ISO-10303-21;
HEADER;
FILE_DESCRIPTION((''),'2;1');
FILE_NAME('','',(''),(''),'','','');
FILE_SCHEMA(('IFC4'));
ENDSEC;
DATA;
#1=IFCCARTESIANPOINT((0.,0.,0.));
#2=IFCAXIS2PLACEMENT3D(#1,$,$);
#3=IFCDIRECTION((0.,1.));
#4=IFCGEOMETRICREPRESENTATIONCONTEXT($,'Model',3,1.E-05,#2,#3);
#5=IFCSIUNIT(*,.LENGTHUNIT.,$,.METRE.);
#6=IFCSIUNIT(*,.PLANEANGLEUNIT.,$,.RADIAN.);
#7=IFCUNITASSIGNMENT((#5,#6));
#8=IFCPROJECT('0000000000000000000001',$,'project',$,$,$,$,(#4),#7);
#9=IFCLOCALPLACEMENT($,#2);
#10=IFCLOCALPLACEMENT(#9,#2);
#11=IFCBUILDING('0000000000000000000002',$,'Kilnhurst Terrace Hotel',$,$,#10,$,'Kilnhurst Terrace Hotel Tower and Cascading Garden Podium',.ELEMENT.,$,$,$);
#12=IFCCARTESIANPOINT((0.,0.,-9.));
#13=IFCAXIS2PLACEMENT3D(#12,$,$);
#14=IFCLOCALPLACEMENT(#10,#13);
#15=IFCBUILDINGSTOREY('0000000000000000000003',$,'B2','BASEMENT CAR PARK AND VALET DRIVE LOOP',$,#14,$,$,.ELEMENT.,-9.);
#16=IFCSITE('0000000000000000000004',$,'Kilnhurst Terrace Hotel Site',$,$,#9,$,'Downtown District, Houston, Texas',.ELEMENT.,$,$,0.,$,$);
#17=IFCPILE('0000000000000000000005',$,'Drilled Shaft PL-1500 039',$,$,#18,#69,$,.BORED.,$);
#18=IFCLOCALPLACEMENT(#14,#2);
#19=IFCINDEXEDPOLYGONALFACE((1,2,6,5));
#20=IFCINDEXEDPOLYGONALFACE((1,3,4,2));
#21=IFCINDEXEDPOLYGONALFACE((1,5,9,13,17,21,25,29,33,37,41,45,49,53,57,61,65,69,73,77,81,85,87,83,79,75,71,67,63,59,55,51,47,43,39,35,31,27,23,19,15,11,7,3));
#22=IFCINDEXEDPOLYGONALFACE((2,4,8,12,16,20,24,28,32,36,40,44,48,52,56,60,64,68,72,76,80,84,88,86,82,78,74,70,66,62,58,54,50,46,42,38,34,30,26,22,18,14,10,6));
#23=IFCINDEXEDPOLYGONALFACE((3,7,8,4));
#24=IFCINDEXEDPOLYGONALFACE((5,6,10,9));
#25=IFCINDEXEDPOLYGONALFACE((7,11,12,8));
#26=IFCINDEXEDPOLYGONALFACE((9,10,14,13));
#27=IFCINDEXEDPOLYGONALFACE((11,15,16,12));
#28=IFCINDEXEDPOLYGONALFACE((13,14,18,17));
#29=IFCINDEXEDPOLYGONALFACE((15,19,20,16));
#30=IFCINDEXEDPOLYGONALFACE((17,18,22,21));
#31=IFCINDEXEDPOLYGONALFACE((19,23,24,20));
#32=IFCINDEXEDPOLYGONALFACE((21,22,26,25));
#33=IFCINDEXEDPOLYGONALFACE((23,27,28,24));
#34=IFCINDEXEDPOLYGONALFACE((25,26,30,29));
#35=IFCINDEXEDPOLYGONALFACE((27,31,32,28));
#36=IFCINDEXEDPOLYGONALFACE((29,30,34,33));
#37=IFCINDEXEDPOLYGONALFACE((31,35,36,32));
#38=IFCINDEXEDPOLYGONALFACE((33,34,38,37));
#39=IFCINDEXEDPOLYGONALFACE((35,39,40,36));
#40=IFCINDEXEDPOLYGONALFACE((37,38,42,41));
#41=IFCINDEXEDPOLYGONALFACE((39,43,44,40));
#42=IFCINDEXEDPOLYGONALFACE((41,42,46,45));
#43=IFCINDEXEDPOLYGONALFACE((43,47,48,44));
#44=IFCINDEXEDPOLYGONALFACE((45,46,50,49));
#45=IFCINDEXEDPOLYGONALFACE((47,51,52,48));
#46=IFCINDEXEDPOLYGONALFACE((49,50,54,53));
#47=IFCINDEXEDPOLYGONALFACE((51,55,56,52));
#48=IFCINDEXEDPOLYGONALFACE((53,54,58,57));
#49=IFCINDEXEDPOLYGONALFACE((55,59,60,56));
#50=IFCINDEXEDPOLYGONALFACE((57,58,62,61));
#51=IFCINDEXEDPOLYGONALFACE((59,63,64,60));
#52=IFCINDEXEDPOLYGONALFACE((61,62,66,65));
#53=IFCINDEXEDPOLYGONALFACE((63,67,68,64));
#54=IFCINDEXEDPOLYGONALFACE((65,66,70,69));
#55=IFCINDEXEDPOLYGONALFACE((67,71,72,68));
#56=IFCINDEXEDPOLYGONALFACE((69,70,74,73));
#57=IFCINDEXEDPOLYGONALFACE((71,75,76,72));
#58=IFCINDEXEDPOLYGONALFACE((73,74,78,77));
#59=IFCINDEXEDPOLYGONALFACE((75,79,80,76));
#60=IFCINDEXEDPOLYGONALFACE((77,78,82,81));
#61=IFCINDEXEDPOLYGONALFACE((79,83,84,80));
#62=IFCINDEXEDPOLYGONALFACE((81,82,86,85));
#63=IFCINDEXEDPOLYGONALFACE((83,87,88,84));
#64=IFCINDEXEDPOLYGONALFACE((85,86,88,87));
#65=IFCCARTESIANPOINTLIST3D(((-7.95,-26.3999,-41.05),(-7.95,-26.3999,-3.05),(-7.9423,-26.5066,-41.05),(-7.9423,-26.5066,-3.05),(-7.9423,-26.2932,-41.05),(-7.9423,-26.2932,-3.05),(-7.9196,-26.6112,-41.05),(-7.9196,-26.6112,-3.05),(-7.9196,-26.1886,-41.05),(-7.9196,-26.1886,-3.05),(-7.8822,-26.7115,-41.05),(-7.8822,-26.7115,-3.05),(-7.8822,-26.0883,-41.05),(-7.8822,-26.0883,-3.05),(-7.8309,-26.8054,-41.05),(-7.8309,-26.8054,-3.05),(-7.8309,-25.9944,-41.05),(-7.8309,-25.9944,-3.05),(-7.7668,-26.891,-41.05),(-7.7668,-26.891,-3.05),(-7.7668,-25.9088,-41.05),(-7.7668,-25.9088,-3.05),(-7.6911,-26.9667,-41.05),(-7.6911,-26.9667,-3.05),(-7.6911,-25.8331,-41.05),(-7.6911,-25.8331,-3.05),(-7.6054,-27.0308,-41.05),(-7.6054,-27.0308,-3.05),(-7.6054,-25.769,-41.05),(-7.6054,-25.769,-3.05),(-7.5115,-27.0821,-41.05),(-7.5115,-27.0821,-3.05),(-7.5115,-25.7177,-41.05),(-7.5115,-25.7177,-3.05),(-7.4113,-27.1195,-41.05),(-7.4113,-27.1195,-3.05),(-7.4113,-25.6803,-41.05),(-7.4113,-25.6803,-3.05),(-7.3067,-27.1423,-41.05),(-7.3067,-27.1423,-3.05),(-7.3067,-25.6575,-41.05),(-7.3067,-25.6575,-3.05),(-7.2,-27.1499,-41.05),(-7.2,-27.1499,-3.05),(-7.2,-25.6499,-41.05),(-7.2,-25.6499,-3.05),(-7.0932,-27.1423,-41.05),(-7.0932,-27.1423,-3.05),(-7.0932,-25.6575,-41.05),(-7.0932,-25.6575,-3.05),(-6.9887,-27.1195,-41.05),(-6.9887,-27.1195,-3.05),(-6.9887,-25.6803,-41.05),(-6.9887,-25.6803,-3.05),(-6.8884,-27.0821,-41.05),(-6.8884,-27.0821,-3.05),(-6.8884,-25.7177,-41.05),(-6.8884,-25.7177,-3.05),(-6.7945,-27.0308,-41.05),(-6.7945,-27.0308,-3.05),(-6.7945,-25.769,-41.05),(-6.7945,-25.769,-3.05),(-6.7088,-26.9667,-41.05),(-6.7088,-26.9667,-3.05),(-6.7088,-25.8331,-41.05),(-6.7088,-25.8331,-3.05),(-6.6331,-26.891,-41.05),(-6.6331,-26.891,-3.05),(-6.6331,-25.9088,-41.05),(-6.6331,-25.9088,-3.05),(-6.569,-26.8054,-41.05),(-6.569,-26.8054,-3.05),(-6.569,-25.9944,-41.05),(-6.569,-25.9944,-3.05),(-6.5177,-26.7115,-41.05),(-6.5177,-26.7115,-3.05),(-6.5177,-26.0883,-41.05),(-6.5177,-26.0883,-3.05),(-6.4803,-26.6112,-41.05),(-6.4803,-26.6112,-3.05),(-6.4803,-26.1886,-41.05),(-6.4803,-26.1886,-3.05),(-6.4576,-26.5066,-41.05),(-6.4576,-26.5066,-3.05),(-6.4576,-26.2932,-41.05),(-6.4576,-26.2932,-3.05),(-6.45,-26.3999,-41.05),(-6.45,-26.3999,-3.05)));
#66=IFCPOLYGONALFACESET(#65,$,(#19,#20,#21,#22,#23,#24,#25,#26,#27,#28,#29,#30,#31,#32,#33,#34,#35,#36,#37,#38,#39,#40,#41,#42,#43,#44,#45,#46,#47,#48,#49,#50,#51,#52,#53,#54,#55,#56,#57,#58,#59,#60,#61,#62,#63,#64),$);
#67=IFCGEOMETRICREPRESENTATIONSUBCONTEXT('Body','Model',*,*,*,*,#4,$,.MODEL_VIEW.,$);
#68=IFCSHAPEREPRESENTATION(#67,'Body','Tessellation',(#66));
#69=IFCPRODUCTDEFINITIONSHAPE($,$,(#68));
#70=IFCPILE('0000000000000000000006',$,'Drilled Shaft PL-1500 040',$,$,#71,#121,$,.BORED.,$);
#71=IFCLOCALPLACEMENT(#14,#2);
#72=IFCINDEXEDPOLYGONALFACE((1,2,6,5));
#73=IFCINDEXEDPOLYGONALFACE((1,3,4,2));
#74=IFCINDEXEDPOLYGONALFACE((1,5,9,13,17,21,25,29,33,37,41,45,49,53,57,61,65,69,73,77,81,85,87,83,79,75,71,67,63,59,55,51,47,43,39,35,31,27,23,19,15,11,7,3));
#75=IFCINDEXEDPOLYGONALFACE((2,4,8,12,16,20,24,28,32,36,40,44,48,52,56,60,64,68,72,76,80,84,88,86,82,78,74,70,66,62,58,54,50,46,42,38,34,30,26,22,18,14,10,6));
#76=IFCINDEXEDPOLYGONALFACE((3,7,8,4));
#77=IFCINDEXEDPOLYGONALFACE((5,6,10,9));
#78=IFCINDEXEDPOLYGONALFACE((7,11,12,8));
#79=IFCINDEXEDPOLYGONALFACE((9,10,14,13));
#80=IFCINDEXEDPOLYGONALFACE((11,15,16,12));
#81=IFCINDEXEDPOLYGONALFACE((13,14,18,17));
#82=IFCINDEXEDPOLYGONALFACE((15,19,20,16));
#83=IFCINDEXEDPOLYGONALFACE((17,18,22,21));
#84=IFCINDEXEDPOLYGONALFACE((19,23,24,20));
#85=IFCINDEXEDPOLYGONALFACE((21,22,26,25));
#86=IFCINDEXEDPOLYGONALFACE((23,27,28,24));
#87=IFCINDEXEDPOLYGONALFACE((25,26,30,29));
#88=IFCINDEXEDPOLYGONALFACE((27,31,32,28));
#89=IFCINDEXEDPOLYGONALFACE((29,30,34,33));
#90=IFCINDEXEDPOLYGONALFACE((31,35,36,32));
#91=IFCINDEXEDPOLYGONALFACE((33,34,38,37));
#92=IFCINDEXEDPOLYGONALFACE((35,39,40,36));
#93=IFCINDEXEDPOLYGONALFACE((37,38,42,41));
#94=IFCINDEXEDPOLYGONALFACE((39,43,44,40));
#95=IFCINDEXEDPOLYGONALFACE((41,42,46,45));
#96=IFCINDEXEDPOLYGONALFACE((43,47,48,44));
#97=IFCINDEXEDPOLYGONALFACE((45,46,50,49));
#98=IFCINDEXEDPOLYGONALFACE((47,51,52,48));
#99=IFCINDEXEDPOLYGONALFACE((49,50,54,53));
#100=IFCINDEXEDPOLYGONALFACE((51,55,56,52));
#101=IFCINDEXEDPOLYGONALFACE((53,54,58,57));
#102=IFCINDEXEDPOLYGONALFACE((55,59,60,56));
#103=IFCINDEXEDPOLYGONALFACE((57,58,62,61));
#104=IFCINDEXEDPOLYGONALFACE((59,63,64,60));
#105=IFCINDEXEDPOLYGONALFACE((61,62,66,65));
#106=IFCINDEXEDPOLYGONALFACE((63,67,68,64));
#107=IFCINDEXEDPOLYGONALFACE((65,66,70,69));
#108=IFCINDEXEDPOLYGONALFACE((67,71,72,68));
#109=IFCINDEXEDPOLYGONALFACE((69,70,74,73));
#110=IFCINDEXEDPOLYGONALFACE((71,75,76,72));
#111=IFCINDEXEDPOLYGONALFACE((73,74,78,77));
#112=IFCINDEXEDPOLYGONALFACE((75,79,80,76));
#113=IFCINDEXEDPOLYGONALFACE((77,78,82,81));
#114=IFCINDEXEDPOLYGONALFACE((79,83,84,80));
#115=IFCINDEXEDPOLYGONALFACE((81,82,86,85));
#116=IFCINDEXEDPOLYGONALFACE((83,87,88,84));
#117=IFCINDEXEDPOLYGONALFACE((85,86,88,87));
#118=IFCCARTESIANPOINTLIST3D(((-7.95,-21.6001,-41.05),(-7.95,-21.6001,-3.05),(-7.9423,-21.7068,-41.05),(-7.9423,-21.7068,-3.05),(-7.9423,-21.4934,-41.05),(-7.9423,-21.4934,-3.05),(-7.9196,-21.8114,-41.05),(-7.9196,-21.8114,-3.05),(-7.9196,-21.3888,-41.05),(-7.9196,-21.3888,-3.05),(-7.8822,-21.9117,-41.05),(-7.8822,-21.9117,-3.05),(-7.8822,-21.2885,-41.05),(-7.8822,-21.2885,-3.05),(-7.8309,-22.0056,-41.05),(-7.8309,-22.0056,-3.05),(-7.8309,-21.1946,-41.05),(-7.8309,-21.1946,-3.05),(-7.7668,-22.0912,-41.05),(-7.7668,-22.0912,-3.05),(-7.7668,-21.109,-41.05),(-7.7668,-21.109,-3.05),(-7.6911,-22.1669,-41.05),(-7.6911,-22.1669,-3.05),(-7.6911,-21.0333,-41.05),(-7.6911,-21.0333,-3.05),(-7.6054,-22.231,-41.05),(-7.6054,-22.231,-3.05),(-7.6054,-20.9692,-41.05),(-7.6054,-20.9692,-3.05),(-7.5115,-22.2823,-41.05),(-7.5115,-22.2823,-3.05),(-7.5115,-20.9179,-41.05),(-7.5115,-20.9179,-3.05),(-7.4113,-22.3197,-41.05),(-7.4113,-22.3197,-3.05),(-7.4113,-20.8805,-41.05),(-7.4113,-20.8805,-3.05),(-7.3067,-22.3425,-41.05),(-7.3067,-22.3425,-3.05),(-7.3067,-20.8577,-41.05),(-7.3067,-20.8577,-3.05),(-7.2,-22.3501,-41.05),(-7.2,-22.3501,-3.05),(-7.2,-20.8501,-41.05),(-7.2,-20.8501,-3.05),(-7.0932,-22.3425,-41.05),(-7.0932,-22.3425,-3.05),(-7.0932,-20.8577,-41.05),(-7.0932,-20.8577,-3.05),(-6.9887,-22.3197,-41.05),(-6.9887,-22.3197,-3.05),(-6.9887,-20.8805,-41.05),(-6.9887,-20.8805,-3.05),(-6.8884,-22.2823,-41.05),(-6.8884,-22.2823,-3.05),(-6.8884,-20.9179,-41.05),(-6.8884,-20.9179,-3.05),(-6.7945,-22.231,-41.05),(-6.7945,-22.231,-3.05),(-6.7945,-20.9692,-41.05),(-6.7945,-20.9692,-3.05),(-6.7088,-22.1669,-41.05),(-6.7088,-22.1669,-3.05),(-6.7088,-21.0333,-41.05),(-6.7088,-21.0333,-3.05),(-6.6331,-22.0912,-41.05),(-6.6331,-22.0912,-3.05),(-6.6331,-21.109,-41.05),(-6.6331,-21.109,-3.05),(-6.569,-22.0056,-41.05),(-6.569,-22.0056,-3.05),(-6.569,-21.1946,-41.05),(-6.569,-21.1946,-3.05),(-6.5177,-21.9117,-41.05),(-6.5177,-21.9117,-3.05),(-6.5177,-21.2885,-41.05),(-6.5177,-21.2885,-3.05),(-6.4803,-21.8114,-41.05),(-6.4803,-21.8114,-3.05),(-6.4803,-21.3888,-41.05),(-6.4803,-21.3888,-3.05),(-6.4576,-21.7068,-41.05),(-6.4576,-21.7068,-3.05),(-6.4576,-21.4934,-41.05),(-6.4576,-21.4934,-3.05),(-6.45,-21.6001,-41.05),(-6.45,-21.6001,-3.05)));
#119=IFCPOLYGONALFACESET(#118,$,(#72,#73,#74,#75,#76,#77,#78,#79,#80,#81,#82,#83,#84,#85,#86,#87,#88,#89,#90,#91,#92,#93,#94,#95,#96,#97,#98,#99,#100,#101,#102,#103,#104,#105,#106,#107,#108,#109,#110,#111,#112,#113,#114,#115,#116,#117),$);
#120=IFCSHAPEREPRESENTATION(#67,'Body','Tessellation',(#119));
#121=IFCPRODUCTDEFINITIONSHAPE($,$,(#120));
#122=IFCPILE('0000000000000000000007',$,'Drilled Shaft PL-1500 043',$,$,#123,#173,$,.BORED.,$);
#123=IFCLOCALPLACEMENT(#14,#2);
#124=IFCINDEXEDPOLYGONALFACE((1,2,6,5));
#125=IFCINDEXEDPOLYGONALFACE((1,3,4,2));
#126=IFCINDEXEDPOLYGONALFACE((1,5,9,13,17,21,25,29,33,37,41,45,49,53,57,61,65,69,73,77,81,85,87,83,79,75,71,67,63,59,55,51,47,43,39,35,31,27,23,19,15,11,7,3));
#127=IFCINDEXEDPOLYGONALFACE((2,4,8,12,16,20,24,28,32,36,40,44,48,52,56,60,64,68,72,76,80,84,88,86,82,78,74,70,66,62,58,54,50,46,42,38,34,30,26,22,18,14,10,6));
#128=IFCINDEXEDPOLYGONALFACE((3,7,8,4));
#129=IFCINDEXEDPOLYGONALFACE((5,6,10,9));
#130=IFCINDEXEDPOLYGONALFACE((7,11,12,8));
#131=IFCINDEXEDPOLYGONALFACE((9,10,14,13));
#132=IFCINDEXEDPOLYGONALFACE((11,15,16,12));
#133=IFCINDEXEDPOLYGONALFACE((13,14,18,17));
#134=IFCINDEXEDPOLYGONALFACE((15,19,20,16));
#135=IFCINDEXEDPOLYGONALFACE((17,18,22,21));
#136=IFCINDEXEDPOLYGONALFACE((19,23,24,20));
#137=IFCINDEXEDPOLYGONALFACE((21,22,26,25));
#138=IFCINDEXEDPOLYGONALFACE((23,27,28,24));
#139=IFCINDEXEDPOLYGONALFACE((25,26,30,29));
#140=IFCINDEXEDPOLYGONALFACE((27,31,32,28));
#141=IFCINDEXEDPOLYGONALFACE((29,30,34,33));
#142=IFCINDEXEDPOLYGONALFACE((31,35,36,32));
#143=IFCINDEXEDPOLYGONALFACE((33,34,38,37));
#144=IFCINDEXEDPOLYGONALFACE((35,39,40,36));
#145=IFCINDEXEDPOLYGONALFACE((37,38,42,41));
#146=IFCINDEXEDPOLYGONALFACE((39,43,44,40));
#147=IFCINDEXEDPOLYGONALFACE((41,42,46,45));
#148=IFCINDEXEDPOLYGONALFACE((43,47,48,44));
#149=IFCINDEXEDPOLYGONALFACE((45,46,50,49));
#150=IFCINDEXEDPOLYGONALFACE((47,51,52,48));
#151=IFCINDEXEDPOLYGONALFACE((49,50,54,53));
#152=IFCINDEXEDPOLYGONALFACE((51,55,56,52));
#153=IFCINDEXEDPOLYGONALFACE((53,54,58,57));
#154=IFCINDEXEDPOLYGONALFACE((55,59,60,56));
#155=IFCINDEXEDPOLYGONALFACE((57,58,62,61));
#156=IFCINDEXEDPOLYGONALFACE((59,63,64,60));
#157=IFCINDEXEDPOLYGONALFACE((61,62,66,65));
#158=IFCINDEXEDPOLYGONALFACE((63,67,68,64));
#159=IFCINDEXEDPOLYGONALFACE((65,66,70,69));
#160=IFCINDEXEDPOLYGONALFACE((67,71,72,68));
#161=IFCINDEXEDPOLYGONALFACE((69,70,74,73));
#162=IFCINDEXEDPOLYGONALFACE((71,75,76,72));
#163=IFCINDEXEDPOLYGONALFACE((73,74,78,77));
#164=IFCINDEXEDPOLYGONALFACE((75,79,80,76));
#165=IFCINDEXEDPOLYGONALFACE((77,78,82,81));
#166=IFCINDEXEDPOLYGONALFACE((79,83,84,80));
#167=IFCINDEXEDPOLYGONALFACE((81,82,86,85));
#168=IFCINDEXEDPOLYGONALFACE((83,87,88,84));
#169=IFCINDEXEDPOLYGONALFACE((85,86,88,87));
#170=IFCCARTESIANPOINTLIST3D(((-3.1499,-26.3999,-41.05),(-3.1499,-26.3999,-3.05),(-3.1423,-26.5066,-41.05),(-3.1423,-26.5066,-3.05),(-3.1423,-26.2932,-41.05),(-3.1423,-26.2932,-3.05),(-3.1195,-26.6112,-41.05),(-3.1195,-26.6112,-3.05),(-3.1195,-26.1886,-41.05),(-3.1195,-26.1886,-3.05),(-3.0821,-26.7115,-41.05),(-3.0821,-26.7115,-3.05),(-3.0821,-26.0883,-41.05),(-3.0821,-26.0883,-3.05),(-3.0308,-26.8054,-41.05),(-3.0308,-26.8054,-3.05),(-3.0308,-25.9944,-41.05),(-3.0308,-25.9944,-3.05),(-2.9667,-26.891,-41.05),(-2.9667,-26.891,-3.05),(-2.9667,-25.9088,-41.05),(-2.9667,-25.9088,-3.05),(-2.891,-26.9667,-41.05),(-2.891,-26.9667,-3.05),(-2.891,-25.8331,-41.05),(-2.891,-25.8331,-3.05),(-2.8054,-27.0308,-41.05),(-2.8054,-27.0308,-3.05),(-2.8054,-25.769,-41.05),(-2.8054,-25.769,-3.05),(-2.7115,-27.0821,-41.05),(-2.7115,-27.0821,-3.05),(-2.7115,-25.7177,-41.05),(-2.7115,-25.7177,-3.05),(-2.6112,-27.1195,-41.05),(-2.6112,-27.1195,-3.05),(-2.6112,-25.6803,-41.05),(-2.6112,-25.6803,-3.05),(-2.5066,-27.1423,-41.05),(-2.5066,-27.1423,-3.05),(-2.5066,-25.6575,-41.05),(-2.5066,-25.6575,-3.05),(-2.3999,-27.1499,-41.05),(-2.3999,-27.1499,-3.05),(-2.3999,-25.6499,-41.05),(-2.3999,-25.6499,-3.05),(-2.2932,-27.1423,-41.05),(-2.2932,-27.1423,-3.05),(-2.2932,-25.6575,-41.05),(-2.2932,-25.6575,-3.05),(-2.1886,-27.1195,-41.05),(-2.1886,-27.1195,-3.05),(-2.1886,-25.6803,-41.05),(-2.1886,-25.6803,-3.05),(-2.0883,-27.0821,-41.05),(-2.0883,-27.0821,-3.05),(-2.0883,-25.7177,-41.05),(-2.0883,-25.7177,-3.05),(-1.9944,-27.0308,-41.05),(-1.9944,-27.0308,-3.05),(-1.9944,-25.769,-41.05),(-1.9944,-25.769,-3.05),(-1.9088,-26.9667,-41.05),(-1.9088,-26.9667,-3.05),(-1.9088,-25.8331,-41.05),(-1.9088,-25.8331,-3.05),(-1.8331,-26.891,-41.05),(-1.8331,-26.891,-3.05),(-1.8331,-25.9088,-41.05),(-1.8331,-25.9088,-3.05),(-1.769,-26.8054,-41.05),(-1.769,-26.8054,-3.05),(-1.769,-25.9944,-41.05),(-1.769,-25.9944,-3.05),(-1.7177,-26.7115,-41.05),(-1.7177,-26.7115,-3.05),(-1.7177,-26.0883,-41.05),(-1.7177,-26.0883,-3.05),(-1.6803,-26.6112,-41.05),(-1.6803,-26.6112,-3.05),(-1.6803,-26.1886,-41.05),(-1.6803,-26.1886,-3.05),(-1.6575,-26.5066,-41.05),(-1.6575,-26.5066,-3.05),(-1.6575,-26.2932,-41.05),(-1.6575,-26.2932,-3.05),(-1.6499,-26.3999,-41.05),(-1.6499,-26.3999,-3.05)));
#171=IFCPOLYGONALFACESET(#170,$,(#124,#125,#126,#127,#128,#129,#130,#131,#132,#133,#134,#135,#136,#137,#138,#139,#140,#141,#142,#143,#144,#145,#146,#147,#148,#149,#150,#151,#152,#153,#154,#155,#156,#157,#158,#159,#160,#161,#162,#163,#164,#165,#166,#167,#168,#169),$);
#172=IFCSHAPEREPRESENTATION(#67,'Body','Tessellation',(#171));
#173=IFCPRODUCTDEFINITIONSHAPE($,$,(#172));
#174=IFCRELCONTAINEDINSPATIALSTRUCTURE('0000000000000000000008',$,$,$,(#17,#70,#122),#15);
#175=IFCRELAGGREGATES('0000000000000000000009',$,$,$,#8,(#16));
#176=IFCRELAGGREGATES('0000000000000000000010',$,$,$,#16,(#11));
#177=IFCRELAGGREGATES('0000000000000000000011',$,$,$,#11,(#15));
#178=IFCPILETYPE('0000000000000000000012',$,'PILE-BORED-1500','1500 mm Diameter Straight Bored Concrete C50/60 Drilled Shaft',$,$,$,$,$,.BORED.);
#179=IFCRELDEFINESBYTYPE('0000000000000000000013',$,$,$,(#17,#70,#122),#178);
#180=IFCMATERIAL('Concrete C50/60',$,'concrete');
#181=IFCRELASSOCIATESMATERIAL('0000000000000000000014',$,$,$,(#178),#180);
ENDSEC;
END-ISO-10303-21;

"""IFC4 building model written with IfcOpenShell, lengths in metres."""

from ifc_helpers import new_model, si_unit, direction, frame, origin, origin_2d, place, context, subcontext, project, spatial, circle, extrude, material, material_profile, profile_set, type_object, element, save


model = new_model("IFC4")

# Units and contexts
model_context = context("Model", 3, precision=1e-05, world=origin(), true_north=direction((0.0, 1.0)))
body_context = subcontext(model_context, "Body", "Model", "MODEL_VIEW")
ifc_project = project(units=[si_unit("LENGTHUNIT", "METRE"), si_unit("PLANEANGLEUNIT", "RADIAN")], contexts=[model_context])

# Site, building, storey
site_placement = place(None, origin())
site = spatial("IfcSite", under=ifc_project, at=site_placement, Name="Kilnhurst Terrace Hotel Site", LongName="Downtown District, Houston, Texas", CompositionType="ELEMENT", RefElevation=0.0)
building_placement = place(site_placement, origin())
building = spatial("IfcBuilding", under=site, at=building_placement, Name="Kilnhurst Terrace Hotel", LongName="Kilnhurst Terrace Hotel Tower and Cascading Garden Podium", CompositionType="ELEMENT")
storey_placement = place(building_placement, frame((0.0, 0.0, -9.0)))
storey = spatial("IfcBuildingStorey", under=building, at=storey_placement, Name="B2", Description="BASEMENT CAR PARK AND VALET DRIVE LOOP", CompositionType="ELEMENT", Elevation=-9.0)

# Piles
ifc_material_1 = material(Name="Concrete C50/60", Category="concrete")
ifc_material_profile_1 = material_profile(ifc_material_1, circle(Radius=0.75, at=origin_2d()), Name="PILE1500")
ifc_profile_set_1 = profile_set([ifc_material_profile_1], Name="Concrete C50/60")
pile_type_1 = type_object("IfcPileType", Name="PILE-BORED-1500", Description="1500 mm Diameter Straight Bored Concrete C50/60 Drilled Shaft", PredefinedType="BORED", material=ifc_profile_set_1)
for number, where, z_axis, x_axis, name in (
    (1, (-7.2, -26.3999, -3.05), (0.0, 0.0, -1.0), (1.0, 0.0, 0.0), "Drilled Shaft PL-1500 039"),
    (2, (-7.2, -21.6001, -3.05), (0.0, 0.0, -1.0), (1.0, 0.0, 0.0), "Drilled Shaft PL-1500 040"),
    (3, (-2.3999, -26.3999, -3.05), (0.0, 0.0, -1.0), (1.0, 0.0, 0.0), "Drilled Shaft PL-1500 043"),
):
    element("IfcPile", number, at=place(storey_placement, frame(where, z_axis=z_axis, x_axis=x_axis)), inside=storey, type_object=pile_type_1, Name=name, PredefinedType="BORED", context=body_context, shape_type="SweptSolid", body=[
        extrude(circle(Radius=0.75, at=origin_2d()), origin(), (0.0, 0.0, 1.0), 38.0),
    ])

save(model, "model.ifc")
